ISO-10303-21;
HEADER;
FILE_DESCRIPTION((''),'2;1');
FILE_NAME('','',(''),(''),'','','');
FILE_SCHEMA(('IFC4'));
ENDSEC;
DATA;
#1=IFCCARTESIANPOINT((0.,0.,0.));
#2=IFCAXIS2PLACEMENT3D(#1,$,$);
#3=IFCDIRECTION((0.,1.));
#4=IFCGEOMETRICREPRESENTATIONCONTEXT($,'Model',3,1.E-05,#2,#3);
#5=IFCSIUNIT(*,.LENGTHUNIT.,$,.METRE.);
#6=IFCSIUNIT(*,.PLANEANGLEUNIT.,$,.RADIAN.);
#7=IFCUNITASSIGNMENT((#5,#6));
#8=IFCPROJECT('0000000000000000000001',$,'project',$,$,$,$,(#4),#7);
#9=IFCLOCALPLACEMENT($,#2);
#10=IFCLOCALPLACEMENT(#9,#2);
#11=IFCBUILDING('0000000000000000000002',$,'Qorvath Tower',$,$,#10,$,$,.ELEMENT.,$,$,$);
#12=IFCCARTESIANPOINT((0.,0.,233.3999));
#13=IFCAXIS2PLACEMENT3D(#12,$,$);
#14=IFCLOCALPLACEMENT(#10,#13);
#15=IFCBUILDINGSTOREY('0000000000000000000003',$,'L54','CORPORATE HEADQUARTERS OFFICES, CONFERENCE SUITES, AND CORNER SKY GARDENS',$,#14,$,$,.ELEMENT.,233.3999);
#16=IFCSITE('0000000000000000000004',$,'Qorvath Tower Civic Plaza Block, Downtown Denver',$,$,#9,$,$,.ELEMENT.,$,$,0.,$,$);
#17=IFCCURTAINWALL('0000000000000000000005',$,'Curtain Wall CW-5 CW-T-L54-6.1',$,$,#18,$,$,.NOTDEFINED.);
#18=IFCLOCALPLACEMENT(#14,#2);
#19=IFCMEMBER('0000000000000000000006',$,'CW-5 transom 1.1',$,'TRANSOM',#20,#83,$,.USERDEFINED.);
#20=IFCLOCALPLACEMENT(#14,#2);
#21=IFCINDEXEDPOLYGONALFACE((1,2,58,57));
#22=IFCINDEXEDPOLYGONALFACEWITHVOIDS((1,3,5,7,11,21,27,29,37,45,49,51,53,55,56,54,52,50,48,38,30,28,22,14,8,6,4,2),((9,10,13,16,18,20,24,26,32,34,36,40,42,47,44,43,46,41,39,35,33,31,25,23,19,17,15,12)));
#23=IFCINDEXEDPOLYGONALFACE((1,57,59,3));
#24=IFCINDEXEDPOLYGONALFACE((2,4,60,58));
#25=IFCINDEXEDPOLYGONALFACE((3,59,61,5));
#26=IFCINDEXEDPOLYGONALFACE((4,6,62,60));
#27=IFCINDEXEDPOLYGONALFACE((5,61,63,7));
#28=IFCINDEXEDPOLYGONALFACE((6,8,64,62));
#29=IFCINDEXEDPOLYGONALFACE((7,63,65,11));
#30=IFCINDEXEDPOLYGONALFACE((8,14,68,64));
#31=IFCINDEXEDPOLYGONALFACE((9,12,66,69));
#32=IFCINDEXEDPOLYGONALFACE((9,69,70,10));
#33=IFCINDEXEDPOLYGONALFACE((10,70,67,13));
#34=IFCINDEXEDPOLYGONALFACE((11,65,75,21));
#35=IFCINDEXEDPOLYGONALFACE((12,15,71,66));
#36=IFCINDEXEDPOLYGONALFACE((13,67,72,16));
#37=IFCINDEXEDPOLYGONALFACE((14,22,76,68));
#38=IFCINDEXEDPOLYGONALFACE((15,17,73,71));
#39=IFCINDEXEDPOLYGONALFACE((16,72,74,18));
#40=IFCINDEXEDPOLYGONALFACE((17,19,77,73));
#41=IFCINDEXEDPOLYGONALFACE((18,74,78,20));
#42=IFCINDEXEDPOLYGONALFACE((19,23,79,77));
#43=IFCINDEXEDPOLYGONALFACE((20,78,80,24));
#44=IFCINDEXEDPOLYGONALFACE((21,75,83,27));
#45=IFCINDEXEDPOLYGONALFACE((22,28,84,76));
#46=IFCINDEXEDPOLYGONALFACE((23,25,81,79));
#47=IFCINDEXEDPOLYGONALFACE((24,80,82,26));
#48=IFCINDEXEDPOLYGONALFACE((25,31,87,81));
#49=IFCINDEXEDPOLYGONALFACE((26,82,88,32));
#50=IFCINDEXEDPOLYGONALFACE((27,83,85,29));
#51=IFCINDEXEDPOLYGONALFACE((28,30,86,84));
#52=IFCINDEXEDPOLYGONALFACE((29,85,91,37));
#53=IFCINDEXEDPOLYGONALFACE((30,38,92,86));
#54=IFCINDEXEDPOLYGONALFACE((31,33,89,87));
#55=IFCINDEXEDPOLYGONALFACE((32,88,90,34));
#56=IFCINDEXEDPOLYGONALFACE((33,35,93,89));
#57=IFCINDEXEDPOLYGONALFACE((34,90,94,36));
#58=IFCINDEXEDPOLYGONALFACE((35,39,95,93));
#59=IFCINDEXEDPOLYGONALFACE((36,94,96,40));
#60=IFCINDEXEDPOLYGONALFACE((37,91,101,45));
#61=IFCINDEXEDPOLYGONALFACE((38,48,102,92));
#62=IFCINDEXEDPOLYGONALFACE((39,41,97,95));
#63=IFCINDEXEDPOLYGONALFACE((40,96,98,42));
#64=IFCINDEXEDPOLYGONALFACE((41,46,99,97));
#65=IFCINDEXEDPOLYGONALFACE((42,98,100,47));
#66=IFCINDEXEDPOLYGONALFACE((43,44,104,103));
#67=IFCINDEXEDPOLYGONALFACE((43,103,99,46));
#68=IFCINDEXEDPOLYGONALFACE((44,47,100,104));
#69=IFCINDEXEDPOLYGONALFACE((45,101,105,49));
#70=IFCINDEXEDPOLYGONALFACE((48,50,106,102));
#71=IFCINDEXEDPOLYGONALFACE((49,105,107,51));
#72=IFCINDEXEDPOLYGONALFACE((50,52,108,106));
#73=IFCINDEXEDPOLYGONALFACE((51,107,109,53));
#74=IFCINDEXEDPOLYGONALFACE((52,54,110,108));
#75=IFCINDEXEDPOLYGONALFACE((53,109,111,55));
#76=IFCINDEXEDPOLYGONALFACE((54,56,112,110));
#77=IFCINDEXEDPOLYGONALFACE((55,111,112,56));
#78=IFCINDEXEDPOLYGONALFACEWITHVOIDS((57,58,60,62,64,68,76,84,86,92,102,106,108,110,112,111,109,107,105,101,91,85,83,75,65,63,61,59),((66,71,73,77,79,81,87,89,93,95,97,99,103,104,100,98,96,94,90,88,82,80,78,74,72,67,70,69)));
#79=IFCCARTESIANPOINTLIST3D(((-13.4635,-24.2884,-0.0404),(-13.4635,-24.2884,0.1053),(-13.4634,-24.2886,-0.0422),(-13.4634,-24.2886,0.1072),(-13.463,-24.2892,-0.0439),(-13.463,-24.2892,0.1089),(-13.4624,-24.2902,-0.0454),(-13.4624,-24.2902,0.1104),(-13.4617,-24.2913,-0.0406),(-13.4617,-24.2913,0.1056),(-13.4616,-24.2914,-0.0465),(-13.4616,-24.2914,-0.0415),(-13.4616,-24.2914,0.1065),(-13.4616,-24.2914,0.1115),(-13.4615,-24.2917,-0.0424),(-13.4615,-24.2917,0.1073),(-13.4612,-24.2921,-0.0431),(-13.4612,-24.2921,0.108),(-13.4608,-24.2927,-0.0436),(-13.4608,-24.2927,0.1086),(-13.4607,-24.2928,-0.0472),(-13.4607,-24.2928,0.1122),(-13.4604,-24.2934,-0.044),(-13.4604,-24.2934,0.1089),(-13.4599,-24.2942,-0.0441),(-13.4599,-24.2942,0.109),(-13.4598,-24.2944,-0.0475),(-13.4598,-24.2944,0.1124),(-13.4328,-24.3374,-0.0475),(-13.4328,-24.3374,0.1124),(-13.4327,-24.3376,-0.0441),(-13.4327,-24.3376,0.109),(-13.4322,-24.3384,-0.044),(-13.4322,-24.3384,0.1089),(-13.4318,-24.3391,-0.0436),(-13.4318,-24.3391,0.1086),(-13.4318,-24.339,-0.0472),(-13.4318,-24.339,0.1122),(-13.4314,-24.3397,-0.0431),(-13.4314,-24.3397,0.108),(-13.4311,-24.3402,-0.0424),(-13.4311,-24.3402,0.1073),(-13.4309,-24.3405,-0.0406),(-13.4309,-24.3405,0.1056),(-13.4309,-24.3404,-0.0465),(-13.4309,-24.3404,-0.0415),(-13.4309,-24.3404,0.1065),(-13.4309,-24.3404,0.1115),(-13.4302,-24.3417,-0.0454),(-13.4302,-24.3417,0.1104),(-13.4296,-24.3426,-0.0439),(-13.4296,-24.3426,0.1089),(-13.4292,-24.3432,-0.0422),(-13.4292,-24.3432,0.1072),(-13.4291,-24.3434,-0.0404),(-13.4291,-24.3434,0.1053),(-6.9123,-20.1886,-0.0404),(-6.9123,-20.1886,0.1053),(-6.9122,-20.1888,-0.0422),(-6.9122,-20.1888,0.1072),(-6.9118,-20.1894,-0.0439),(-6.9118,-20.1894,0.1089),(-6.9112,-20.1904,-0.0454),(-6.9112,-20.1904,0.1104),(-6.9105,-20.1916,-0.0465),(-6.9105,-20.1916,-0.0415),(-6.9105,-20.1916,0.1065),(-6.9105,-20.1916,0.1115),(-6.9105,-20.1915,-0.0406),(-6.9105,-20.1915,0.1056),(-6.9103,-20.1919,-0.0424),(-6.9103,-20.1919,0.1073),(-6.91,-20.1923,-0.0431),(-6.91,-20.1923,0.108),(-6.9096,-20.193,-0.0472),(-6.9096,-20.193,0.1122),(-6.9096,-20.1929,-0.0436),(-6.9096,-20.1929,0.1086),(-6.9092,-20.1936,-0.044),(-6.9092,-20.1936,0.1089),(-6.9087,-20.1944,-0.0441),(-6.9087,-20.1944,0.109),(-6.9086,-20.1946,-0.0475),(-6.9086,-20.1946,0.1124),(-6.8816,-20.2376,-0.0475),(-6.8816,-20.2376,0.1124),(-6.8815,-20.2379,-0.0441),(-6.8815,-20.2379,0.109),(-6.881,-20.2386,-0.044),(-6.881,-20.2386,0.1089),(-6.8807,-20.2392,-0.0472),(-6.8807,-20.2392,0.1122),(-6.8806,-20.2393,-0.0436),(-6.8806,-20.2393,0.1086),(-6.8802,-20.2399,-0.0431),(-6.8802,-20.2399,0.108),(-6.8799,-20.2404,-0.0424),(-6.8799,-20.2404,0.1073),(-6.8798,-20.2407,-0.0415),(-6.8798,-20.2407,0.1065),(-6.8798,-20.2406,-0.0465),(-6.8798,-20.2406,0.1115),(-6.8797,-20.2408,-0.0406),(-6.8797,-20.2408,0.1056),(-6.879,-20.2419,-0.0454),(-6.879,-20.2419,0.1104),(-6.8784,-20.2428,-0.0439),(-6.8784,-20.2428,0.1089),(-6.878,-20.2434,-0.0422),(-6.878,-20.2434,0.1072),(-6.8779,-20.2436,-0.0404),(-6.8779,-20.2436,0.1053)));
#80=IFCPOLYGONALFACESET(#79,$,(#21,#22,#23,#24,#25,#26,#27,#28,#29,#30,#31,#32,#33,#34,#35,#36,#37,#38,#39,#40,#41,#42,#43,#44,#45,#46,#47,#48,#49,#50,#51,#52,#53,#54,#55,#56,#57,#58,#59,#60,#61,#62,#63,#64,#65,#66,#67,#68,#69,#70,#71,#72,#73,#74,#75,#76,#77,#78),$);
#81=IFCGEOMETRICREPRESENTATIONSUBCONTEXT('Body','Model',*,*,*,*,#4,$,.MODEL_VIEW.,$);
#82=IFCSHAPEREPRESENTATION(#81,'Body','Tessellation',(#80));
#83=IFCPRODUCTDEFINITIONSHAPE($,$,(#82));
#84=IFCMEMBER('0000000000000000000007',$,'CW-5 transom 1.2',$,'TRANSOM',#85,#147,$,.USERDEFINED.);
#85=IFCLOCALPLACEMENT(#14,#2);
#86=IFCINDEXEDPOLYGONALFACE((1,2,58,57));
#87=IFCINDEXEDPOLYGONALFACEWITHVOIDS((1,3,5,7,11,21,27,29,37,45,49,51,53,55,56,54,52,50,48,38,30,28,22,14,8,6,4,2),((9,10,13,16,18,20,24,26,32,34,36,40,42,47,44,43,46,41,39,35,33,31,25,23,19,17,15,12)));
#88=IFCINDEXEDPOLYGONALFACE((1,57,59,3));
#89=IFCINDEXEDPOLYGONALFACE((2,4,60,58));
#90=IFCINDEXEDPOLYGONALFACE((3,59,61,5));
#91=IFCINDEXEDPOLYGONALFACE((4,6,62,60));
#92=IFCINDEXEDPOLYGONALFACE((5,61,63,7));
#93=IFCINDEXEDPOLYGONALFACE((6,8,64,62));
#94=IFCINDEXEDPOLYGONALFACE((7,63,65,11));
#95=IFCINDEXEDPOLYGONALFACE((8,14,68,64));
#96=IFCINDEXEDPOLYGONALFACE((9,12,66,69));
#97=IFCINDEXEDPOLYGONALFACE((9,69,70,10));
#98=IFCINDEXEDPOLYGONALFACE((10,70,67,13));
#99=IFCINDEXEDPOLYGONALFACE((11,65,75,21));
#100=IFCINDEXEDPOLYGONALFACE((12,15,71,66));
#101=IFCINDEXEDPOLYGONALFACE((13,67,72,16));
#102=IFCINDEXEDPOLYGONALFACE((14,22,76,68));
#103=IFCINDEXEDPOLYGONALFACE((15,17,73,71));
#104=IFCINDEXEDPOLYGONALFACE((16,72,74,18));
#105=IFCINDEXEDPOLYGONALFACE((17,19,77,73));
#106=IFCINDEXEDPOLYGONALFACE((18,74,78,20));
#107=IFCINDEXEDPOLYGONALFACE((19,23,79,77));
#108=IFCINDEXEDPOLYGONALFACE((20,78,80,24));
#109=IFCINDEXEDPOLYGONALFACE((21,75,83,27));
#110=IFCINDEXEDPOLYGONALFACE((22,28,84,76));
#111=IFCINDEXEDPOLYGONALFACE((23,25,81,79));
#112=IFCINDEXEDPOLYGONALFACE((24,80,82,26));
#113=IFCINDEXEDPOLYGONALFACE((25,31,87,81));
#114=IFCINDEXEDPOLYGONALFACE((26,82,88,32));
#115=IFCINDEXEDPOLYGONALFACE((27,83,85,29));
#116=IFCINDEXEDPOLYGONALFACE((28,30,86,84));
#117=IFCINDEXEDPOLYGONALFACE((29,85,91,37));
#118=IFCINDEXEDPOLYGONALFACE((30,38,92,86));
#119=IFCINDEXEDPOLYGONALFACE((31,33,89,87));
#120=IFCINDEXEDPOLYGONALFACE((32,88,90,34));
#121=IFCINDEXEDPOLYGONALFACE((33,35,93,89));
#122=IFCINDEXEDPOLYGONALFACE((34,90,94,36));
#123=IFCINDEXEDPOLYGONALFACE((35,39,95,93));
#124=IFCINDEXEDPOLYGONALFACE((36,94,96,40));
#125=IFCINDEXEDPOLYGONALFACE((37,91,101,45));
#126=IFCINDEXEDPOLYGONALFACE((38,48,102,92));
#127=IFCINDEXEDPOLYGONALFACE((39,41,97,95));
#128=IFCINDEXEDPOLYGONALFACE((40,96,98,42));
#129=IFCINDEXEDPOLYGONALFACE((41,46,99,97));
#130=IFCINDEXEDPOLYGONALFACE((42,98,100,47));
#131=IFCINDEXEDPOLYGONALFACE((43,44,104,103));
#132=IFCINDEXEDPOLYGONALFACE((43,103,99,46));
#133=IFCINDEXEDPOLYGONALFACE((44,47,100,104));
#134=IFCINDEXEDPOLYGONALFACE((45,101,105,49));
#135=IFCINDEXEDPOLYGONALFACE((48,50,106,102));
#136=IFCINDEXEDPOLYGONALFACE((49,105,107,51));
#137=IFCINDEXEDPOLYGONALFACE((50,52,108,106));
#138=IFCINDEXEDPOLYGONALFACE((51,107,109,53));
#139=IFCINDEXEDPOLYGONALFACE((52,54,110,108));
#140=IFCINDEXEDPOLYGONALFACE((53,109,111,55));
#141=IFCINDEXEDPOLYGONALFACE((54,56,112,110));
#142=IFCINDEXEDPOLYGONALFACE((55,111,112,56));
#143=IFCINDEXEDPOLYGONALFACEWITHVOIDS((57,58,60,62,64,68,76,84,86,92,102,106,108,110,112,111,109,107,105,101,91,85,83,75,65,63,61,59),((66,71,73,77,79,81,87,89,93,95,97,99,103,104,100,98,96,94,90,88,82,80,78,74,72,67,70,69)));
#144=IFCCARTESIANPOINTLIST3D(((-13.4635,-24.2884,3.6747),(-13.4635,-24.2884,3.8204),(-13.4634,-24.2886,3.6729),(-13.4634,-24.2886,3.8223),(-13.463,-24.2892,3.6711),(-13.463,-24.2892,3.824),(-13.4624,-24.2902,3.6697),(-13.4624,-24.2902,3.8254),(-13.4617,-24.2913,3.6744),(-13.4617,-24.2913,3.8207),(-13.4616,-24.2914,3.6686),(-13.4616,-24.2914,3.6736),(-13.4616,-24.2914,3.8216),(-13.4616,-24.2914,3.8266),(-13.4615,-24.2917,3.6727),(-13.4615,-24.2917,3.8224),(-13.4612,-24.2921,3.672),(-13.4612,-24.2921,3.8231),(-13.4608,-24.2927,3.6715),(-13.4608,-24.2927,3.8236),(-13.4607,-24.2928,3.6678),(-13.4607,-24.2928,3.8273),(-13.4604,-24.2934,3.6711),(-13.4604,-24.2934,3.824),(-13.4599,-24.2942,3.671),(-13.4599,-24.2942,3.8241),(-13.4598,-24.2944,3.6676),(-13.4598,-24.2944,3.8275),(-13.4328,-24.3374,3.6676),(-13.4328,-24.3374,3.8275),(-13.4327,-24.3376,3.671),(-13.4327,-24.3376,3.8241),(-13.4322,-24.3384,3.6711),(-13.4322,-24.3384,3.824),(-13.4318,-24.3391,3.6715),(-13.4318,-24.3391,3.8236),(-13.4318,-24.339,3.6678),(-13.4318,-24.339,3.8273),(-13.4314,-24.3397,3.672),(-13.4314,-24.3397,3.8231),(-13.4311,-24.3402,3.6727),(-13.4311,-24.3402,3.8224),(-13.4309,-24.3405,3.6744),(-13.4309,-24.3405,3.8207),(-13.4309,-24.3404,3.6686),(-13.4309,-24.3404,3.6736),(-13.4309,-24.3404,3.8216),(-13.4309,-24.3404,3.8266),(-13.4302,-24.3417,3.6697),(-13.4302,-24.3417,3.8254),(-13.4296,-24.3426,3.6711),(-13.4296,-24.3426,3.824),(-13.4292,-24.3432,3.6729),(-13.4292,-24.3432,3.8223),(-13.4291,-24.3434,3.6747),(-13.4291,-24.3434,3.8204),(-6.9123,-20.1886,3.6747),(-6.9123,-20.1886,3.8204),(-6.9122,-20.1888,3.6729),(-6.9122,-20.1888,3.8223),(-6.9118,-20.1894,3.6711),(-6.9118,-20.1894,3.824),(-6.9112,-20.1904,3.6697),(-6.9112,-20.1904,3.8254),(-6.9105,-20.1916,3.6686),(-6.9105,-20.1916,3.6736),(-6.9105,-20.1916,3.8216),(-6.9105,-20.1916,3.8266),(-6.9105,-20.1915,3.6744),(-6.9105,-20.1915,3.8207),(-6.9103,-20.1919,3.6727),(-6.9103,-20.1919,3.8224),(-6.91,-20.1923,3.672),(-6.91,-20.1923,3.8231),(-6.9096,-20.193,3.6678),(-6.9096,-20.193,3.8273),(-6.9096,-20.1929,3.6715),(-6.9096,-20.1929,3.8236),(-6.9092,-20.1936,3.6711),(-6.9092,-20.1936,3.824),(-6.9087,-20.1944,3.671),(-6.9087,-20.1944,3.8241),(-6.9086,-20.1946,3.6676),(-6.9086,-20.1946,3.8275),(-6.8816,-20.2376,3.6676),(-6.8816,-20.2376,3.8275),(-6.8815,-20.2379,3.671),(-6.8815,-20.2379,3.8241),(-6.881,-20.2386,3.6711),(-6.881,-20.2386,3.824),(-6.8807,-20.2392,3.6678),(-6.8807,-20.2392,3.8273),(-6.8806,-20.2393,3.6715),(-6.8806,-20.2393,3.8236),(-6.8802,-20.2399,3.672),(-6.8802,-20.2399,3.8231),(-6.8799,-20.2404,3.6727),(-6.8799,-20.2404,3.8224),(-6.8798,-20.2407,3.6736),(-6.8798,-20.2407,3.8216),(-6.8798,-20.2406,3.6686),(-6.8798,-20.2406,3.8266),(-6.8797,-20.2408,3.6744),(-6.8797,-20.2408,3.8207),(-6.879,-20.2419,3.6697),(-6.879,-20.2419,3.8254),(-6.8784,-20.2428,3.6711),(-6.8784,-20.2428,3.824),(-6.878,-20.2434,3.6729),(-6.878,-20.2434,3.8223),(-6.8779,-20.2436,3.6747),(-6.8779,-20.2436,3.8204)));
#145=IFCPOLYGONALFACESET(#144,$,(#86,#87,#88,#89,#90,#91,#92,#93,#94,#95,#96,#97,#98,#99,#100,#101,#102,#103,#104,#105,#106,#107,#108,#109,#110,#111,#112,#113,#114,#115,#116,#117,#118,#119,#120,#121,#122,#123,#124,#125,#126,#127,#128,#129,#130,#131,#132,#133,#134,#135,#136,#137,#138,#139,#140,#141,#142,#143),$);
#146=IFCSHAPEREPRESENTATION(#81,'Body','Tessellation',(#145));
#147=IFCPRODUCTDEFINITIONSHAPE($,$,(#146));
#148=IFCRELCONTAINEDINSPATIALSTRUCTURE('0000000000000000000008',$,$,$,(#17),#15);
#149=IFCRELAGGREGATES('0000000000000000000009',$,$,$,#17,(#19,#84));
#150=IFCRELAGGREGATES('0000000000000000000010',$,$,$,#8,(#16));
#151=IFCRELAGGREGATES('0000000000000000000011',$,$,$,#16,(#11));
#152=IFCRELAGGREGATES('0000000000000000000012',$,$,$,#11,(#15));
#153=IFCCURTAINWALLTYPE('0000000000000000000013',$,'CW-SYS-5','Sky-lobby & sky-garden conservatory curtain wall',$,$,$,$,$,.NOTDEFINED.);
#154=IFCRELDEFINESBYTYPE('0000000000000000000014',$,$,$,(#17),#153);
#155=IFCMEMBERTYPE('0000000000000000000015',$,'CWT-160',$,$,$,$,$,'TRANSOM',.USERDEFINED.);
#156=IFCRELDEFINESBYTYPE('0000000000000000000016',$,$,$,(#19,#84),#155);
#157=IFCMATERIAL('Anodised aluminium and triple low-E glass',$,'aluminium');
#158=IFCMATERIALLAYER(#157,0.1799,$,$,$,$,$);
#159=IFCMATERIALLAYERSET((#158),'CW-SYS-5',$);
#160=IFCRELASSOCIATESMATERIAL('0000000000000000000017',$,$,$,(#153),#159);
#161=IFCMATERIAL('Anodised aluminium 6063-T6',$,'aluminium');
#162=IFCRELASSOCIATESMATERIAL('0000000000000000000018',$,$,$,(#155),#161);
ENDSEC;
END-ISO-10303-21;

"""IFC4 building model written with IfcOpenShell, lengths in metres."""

from ifc_helpers import new_model, si_unit, direction, frame, origin, origin_2d, place, context, subcontext, project, spatial, hollow_rectangle, extrude, material, layer, layer_set, material_profile, profile_set, type_object, element, aggregate, save


model = new_model("IFC4")

# Units and contexts
model_context = context("Model", 3, precision=1e-05, world=origin(), true_north=direction((0.0, 1.0)))
body_context = subcontext(model_context, "Body", "Model", "MODEL_VIEW")
ifc_project = project(units=[si_unit("LENGTHUNIT", "METRE"), si_unit("PLANEANGLEUNIT", "RADIAN")], contexts=[model_context])

# Site, building, storey
site_placement = place(None, origin())
site = spatial("IfcSite", under=ifc_project, at=site_placement, Name="Qorvath Tower Civic Plaza Block, Downtown Denver", CompositionType="ELEMENT", RefElevation=0.0)
building_placement = place(site_placement, origin())
building = spatial("IfcBuilding", under=site, at=building_placement, Name="Qorvath Tower", CompositionType="ELEMENT")
storey_placement = place(building_placement, frame((0.0, 0.0, 233.3999)))
storey = spatial("IfcBuildingStorey", under=building, at=storey_placement, Name="L54", Description="CORPORATE HEADQUARTERS OFFICES, CONFERENCE SUITES, AND CORNER SKY GARDENS", CompositionType="ELEMENT", Elevation=233.3999)

# Shared definitions
ifc_material_1 = material(Name="Anodised aluminium and triple low-E glass", Category="aluminium")
ifc_layer_1 = layer(ifc_material_1, 0.1799)
ifc_layer_set_1 = layer_set([ifc_layer_1], Name="CW-SYS-5")
curtain_wall_type = type_object("IfcCurtainWallType", Name="CW-SYS-5", Description="Sky-lobby & sky-garden conservatory curtain wall", PredefinedType="NOTDEFINED", material=ifc_layer_set_1)

# Curtain wall
curtain_wall_1_placement = place(storey_placement, origin())
curtain_wall_1 = element("IfcCurtainWall", 1, at=curtain_wall_1_placement, inside=storey, type_object=curtain_wall_type, Name="Curtain Wall CW-5 CW-T-L54-6.1", PredefinedType="NOTDEFINED")

# Members
ifc_material_2 = material(Name="Anodised aluminium 6063-T6", Category="aluminium")
ifc_material_profile_1 = material_profile(ifc_material_2, hollow_rectangle(XDim=0.0649, YDim=0.1599, WallThickness=0.0034, InnerFilletRadius=0.0034, OuterFilletRadius=0.0071, at=origin_2d()), Name="CWT 160x65")
ifc_profile_set_1 = profile_set([ifc_material_profile_1], Name="Anodised aluminium 6063-T6")
member_type_1 = type_object("IfcMemberType", Name="CWT-160", ElementType="TRANSOM", PredefinedType="USERDEFINED", material=ifc_profile_set_1)
member_1_placement = place(storey_placement, frame((-13.4463, -24.3159, 0.0325), z_axis=(0.847689, 0.530493, 0.0), x_axis=(-0.530493, 0.847689, 0.0)))
member_1 = element("IfcMember", 2, at=member_1_placement, type_object=member_type_1, Name="CW-5 transom 1.1", ObjectType="TRANSOM", PredefinedType="USERDEFINED", context=body_context, shape_type="SweptSolid", body=[
    extrude(hollow_rectangle(XDim=0.0649, YDim=0.1599, WallThickness=0.0034, InnerFilletRadius=0.0034, OuterFilletRadius=0.0071, at=origin_2d()), origin(), (0.0, 0.0, 1.0), 7.7283),
])
member_2_placement = place(storey_placement, frame((-13.4463, -24.3159, 3.7476), z_axis=(0.847689, 0.530493, 0.0), x_axis=(-0.530493, 0.847689, 0.0)))
member_2 = element("IfcMember", 3, at=member_2_placement, type_object=member_type_1, Name="CW-5 transom 1.2", ObjectType="TRANSOM", PredefinedType="USERDEFINED", context=body_context, shape_type="SweptSolid", body=[
    extrude(hollow_rectangle(XDim=0.0649, YDim=0.1599, WallThickness=0.0034, InnerFilletRadius=0.0034, OuterFilletRadius=0.0071, at=origin_2d()), origin(), (0.0, 0.0, 1.0), 7.7283),
])

aggregate(curtain_wall_1, [member_1, member_2])

save(model, "model.ifc")
